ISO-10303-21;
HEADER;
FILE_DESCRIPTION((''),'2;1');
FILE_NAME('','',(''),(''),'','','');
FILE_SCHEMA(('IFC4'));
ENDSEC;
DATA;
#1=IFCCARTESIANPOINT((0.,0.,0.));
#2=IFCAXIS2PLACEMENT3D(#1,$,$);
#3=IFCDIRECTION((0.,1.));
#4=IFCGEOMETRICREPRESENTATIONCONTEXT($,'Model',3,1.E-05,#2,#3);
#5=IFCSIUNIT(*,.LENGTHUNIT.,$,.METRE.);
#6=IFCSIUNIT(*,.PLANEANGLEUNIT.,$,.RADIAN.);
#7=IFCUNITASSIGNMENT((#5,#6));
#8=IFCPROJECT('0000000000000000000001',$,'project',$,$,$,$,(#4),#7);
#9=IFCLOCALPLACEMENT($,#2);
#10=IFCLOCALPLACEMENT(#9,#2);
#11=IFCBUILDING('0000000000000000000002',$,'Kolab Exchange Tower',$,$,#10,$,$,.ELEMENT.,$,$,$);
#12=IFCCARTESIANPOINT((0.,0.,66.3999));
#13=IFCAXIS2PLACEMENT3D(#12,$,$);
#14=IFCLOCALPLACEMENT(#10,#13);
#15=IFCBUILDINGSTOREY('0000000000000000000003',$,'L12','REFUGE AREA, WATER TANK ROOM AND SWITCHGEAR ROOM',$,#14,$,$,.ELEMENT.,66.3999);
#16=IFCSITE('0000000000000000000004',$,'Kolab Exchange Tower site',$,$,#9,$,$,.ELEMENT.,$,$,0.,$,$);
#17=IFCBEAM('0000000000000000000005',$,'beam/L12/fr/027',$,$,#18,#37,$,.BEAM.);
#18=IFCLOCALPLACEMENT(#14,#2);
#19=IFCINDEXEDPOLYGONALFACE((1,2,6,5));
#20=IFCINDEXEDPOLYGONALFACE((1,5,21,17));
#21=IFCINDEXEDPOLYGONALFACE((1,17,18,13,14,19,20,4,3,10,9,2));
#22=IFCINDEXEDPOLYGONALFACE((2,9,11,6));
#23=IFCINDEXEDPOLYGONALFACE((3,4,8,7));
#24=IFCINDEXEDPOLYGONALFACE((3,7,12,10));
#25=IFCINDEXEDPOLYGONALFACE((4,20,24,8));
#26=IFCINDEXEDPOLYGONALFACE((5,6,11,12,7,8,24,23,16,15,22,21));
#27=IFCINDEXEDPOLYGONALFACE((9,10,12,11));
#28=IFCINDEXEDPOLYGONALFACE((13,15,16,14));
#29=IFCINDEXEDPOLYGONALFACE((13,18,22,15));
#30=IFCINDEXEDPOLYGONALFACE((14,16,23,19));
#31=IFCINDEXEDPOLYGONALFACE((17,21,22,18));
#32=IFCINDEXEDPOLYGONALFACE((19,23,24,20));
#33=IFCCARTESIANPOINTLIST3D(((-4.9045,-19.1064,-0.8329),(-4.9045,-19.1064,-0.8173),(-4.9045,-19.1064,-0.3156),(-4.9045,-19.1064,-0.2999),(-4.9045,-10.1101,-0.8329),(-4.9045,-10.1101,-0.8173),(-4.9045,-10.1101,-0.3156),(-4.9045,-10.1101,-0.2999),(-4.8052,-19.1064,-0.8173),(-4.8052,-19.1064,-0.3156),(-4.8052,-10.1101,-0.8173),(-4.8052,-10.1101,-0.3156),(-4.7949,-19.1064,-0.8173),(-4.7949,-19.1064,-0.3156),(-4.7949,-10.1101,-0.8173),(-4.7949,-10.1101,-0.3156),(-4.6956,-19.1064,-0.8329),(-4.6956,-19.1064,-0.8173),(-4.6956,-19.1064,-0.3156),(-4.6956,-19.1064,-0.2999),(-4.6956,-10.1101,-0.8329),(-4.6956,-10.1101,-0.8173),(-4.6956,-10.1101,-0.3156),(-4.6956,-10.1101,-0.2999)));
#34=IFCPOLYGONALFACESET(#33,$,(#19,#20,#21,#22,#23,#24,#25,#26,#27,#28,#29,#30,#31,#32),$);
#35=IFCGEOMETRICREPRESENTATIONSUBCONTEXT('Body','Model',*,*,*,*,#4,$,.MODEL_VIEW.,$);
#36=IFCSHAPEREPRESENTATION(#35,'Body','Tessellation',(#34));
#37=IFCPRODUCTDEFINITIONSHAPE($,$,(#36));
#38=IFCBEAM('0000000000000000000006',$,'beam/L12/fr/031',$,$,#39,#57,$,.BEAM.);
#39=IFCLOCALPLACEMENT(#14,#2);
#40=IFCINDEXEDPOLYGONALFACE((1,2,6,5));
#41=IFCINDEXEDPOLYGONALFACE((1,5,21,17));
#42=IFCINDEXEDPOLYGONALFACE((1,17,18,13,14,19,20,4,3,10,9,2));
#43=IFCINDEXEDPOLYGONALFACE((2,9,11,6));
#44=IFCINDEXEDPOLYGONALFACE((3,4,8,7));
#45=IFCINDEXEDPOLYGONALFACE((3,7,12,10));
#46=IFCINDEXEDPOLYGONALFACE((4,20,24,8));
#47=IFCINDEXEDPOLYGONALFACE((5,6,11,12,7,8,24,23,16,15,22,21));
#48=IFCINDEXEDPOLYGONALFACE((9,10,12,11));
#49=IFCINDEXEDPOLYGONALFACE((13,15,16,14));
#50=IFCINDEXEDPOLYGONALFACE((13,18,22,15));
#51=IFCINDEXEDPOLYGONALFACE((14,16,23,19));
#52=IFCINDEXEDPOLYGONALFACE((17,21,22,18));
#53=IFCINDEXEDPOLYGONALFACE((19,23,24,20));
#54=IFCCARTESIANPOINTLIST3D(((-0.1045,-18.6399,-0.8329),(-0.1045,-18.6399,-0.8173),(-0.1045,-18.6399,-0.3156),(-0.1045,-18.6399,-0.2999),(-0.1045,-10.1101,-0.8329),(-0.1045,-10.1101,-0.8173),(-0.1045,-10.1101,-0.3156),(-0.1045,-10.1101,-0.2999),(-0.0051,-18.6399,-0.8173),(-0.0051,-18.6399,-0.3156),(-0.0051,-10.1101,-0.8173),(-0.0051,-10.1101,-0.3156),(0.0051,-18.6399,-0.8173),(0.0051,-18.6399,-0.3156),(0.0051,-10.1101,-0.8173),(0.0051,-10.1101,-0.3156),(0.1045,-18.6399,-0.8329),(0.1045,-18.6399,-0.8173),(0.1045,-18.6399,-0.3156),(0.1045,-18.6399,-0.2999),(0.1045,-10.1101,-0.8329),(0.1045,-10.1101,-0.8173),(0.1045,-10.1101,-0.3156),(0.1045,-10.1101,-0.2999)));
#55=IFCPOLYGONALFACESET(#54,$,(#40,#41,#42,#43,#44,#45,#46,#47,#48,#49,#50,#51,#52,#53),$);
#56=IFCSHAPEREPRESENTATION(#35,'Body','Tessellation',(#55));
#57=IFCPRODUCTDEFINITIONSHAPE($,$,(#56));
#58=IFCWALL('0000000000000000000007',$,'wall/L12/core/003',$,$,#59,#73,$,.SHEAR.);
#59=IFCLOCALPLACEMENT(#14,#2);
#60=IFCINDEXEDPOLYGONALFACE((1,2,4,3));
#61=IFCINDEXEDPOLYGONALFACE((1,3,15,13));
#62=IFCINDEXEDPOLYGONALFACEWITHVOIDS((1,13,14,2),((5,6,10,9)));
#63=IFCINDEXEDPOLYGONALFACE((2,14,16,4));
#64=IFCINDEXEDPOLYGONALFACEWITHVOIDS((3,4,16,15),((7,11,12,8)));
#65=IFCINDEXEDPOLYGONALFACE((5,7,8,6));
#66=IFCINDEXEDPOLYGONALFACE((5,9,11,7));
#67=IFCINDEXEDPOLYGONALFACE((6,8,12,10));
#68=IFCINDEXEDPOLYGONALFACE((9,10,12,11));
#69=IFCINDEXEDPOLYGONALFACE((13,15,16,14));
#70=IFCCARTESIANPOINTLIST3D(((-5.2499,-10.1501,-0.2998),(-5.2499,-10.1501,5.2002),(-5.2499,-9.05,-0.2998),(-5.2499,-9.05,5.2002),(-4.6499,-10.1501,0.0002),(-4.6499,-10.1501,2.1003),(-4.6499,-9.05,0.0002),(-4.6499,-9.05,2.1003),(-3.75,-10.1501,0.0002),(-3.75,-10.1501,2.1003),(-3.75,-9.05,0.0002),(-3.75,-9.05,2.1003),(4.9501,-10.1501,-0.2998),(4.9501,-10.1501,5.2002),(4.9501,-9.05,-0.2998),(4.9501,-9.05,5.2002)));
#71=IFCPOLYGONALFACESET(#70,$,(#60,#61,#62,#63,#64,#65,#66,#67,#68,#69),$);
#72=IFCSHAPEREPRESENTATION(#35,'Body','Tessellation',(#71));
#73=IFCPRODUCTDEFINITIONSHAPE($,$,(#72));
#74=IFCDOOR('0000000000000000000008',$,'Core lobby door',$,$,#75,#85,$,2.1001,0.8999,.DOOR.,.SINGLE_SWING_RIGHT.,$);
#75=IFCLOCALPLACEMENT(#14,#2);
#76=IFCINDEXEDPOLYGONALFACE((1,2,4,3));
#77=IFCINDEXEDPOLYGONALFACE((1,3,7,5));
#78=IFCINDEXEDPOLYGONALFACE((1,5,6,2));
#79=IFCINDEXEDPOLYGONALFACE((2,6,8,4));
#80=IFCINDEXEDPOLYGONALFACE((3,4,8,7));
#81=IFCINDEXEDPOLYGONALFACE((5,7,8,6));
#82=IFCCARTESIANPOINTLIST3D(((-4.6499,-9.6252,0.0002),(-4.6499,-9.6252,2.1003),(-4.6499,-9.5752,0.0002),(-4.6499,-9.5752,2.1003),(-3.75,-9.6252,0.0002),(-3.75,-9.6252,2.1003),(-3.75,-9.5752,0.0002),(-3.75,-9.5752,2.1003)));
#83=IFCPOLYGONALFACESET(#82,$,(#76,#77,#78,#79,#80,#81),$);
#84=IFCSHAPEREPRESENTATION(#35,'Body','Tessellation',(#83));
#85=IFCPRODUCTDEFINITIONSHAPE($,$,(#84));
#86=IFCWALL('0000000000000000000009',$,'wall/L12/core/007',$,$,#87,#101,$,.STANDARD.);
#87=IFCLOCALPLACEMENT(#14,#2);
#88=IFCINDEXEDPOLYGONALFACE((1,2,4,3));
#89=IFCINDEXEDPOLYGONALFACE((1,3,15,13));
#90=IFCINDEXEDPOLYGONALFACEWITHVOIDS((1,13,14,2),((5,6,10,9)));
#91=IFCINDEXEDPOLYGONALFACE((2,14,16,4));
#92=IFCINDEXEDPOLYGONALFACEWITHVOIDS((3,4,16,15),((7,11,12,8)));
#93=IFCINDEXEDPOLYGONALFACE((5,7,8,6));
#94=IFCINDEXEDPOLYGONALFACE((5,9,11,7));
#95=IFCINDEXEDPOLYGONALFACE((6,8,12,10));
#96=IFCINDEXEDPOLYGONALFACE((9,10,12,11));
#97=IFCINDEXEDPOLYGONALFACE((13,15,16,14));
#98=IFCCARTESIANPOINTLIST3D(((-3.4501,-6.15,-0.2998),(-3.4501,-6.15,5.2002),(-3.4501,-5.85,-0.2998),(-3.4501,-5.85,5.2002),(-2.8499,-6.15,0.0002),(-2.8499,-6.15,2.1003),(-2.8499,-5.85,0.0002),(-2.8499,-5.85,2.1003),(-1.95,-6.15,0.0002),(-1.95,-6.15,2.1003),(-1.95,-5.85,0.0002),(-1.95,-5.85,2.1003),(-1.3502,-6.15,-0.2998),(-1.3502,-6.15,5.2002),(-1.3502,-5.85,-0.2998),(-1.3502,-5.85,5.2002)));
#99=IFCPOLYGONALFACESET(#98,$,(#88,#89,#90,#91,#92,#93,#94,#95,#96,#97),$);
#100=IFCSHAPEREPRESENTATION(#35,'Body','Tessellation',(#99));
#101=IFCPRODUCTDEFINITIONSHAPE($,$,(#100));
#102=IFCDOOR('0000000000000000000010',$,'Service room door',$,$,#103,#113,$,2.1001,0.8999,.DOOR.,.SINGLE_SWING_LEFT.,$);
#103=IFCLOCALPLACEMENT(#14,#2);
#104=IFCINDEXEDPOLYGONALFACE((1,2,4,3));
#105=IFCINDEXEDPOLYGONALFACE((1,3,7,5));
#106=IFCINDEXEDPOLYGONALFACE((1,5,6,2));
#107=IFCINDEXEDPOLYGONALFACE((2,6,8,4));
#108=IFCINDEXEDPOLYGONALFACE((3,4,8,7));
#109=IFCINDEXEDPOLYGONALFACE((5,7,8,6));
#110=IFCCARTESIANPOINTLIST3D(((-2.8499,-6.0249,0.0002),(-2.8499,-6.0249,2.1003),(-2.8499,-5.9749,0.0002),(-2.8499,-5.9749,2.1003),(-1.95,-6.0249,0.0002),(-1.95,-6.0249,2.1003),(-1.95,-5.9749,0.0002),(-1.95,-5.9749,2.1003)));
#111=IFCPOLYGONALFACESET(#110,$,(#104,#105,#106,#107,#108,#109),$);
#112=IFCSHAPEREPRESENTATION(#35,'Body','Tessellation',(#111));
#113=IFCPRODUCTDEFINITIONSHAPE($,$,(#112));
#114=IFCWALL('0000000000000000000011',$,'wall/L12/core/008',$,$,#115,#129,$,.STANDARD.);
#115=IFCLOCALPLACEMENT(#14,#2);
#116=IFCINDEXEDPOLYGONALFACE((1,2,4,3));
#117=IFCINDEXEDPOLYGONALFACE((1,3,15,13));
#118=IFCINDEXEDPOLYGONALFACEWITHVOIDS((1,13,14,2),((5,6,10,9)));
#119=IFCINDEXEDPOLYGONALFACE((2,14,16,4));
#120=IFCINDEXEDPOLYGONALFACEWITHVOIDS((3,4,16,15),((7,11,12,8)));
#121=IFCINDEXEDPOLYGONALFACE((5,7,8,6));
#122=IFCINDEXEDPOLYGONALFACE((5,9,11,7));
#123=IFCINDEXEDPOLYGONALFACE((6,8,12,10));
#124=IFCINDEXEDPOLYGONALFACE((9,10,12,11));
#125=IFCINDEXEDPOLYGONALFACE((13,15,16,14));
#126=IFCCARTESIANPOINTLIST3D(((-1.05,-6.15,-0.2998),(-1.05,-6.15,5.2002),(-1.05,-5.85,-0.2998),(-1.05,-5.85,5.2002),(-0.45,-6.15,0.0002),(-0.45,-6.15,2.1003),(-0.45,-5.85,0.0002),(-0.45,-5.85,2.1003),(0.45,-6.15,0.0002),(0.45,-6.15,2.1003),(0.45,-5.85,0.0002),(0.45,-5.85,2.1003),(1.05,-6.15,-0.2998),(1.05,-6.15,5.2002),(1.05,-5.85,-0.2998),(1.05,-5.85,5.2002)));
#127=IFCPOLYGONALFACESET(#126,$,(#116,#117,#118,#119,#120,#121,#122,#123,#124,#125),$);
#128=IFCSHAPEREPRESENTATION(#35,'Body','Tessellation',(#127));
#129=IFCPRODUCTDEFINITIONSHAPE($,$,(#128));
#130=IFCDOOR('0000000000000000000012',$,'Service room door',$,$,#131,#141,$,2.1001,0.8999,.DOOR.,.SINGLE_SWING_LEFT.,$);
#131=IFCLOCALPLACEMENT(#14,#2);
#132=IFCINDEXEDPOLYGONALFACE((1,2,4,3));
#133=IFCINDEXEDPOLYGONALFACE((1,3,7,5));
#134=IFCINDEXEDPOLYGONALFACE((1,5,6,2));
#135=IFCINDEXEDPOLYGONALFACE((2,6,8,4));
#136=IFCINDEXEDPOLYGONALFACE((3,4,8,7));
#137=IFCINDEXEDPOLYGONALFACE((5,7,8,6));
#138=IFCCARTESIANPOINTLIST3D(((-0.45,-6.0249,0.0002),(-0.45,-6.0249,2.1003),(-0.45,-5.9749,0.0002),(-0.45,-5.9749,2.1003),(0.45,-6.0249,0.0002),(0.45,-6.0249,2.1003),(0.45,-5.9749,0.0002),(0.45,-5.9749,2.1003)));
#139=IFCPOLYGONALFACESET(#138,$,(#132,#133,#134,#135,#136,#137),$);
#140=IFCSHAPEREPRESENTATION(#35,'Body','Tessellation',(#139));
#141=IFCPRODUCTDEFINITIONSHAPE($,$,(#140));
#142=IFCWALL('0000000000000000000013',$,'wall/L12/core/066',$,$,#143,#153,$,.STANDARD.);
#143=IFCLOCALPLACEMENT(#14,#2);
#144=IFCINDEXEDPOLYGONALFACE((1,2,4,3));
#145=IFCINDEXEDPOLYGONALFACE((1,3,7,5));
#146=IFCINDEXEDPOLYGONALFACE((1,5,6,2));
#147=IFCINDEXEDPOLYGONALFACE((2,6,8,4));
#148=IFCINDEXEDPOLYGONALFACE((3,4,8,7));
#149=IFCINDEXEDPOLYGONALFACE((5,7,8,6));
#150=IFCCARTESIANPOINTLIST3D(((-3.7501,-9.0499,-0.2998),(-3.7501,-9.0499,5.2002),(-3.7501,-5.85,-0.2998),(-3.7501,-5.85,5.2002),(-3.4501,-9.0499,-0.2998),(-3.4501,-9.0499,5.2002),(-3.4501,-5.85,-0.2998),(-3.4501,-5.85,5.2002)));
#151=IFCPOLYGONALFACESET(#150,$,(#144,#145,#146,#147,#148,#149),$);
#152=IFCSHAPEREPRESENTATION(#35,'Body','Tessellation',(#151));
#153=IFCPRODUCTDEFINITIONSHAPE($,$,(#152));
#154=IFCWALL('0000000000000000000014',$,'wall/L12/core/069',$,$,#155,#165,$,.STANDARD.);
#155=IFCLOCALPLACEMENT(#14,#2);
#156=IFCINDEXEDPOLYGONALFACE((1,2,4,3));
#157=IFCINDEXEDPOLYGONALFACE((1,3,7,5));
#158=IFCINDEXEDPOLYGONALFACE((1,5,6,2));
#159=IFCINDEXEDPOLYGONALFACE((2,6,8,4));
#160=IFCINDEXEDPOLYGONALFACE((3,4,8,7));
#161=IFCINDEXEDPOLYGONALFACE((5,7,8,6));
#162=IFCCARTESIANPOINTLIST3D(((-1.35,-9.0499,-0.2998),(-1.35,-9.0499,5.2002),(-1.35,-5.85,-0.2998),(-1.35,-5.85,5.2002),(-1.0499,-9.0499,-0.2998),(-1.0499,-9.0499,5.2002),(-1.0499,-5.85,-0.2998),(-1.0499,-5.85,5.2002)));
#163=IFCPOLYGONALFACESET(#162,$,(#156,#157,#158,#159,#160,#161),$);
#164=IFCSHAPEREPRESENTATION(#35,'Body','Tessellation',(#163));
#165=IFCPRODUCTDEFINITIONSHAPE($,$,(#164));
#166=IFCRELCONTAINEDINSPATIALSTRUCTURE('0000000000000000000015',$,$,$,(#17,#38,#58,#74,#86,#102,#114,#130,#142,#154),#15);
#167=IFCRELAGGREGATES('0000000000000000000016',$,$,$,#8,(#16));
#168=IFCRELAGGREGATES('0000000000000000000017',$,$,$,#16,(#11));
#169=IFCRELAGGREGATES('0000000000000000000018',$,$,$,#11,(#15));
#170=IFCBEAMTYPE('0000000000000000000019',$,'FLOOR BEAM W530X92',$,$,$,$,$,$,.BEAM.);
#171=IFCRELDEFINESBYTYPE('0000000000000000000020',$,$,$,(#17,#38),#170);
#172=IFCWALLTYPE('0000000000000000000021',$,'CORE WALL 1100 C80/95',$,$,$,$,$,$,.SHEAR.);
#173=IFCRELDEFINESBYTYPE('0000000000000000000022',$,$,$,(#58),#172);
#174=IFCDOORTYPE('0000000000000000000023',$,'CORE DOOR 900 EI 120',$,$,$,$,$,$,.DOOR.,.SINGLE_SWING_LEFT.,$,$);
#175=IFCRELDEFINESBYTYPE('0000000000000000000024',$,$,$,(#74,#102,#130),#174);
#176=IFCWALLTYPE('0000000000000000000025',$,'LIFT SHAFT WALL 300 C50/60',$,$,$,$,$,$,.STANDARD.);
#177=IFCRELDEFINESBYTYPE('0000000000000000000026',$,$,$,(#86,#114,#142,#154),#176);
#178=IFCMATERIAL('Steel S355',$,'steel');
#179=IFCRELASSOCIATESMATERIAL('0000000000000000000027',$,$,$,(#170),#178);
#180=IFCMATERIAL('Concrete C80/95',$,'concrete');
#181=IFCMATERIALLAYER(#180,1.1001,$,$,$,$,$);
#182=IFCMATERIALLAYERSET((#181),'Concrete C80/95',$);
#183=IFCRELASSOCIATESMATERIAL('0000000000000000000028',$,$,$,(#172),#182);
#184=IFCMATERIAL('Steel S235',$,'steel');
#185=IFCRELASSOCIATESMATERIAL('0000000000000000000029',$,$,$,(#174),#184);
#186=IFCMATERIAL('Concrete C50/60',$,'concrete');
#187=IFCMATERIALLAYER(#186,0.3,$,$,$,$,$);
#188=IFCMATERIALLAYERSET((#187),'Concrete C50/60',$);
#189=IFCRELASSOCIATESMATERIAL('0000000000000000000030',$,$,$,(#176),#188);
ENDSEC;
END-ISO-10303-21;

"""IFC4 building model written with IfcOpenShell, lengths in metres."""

from ifc_helpers import new_model, si_unit, direction, frame, frame_2d, origin, origin_2d, place, context, subcontext, project, spatial, rectangle, i_section, extrude, material, layer, layer_set, material_profile, profile_set, type_object, element, fill, save


model = new_model("IFC4")

# Units and contexts
model_context = context("Model", 3, precision=1e-05, world=origin(), true_north=direction((0.0, 1.0)))
body_context = subcontext(model_context, "Body", "Model", "MODEL_VIEW")
ifc_project = project(units=[si_unit("LENGTHUNIT", "METRE"), si_unit("PLANEANGLEUNIT", "RADIAN")], contexts=[model_context])

# Site, building, storey
site_placement = place(None, origin())
site = spatial("IfcSite", under=ifc_project, at=site_placement, Name="Kolab Exchange Tower site", CompositionType="ELEMENT", RefElevation=0.0)
building_placement = place(site_placement, origin())
building = spatial("IfcBuilding", under=site, at=building_placement, Name="Kolab Exchange Tower", CompositionType="ELEMENT")
storey_placement = place(building_placement, frame((0.0, 0.0, 66.3999)))
storey = spatial("IfcBuildingStorey", under=building, at=storey_placement, Name="L12", Description="REFUGE AREA, WATER TANK ROOM AND SWITCHGEAR ROOM", CompositionType="ELEMENT", Elevation=66.3999)

# Beams
ifc_material_1 = material(Name="Steel S355", Category="steel")
ifc_material_profile = material_profile(ifc_material_1, i_section(OverallWidth=0.209, OverallDepth=0.533, WebThickness=0.0103, FlangeThickness=0.0156, at=origin_2d()), Name="W530X92")
ifc_profile_set = profile_set([ifc_material_profile], Name="Steel S355")
beam_type = type_object("IfcBeamType", Name="FLOOR BEAM W530X92", PredefinedType="BEAM", material=ifc_profile_set)
beam_1_placement = place(storey_placement, frame((-4.8, -19.1064, -0.5664), z_axis=(0.0, 1.0, 0.0), x_axis=(-1.0, 0.0, 0.0)))
element("IfcBeam", 1, at=beam_1_placement, inside=storey, type_object=beam_type, Name="beam/L12/fr/027", PredefinedType="BEAM", context=body_context, shape_type="SweptSolid", body=[
    extrude(i_section(OverallWidth=0.209, OverallDepth=0.533, WebThickness=0.0103, FlangeThickness=0.0156, at=origin_2d()), origin(), (0.0, 0.0, 1.0), 8.9963),
])
beam_2_placement = place(storey_placement, frame((0.0, -18.6399, -0.5664), z_axis=(0.0, 1.0, 0.0), x_axis=(-1.0, 0.0, 0.0)))
element("IfcBeam", 2, at=beam_2_placement, inside=storey, type_object=beam_type, Name="beam/L12/fr/031", PredefinedType="BEAM", context=body_context, shape_type="SweptSolid", body=[
    extrude(i_section(OverallWidth=0.209, OverallDepth=0.533, WebThickness=0.0103, FlangeThickness=0.0156, at=origin_2d()), origin(), (0.0, 0.0, 1.0), 8.5298),
])

# Walls, openings, doors
ifc_material_2 = material(Name="Concrete C80/95", Category="concrete")
ifc_layer_1 = layer(ifc_material_2, 1.1001)
ifc_layer_set_1 = layer_set([ifc_layer_1], Name="Concrete C80/95")
wall_type_1 = type_object("IfcWallType", Name="CORE WALL 1100 C80/95", PredefinedType="SHEAR", material=ifc_layer_set_1)
wall_1_placement = place(storey_placement, frame((-5.25, -9.6001, -0.2998), z_axis=(0.0, 0.0, 1.0), x_axis=(1.0, 0.0, 0.0)))
wall_1 = element("IfcWall", 3, at=wall_1_placement, inside=storey, type_object=wall_type_1, Name="wall/L12/core/003", PredefinedType="SHEAR", context=body_context, shape_type="SweptSolid", body=[
    extrude(rectangle(XDim=10.2, YDim=1.1001, at=frame_2d((5.1001, 0.0))), origin(), (0.0, 0.0, 1.0), 5.5),
])
opening_1_placement = place(wall_1_placement, frame((0.6001, 0.0, 0.3)))
opening_1 = element("IfcOpeningElement", 4, at=opening_1_placement, cuts=wall_1, PredefinedType="OPENING", context=body_context, shape_type="SweptSolid", body=[
    extrude(rectangle(XDim=0.8999, YDim=2.1001, at=frame_2d((0.45, 1.05))), frame((0.0, 0.5601, 0.0), z_axis=(0.0, -1.0, 0.0), x_axis=(1.0, 0.0, 0.0)), (0.0, 0.0, 1.0), 1.1201),
])
ifc_material_3 = material(Name="Steel S235", Category="steel")
door_type_1 = type_object("IfcDoorType", Name="CORE DOOR 900 EI 120", OperationType="SINGLE_SWING_LEFT", PredefinedType="DOOR", material=ifc_material_3)
door_1_placement = place(opening_1_placement, origin())
door_1 = element("IfcDoor", 5, at=door_1_placement, inside=storey, type_object=door_type_1, Name="Core lobby door", OperationType="SINGLE_SWING_RIGHT", OverallHeight=2.1001, OverallWidth=0.8999, PredefinedType="DOOR", context=body_context, shape_type="SweptSolid", body=[
    extrude(rectangle(XDim=0.8999, YDim=2.1001, at=frame_2d((0.45, 1.05))), frame((0.0, 0.0249, 0.0), z_axis=(0.0, -1.0, 0.0), x_axis=(1.0, 0.0, 0.0)), (0.0, 0.0, 1.0), 0.05),
])
fill(opening_1, door_1)
ifc_material_4 = material(Name="Concrete C50/60", Category="concrete")
ifc_layer_2 = layer(ifc_material_4, 0.3)
ifc_layer_set_2 = layer_set([ifc_layer_2], Name="Concrete C50/60")
wall_type_2 = type_object("IfcWallType", Name="LIFT SHAFT WALL 300 C50/60", PredefinedType="STANDARD", material=ifc_layer_set_2)
wall_2_placement = place(storey_placement, frame((-3.45, -6.0, -0.2998), z_axis=(0.0, 0.0, 1.0), x_axis=(1.0, 0.0, 0.0)))
wall_2 = element("IfcWall", 6, at=wall_2_placement, inside=storey, type_object=wall_type_2, Name="wall/L12/core/007", PredefinedType="STANDARD", context=body_context, shape_type="SweptSolid", body=[
    extrude(rectangle(XDim=2.0999, YDim=0.3, at=frame_2d((1.0498, 0.0))), origin(), (0.0, 0.0, 1.0), 5.5),
])
opening_2_placement = place(wall_2_placement, frame((0.6001, 0.0, 0.3)))
opening_2 = element("IfcOpeningElement", 7, at=opening_2_placement, cuts=wall_2, PredefinedType="OPENING", context=body_context, shape_type="SweptSolid", body=[
    extrude(rectangle(XDim=0.8999, YDim=2.1001, at=frame_2d((0.45, 1.05))), frame((0.0, 0.1602, 0.0), z_axis=(0.0, -1.0, 0.0), x_axis=(1.0, 0.0, 0.0)), (0.0, 0.0, 1.0), 0.3201),
])
door_2_placement = place(opening_2_placement, frame((0.8999, 0.0, 0.0), z_axis=(0.0, 0.0, 1.0), x_axis=(-1.0, 0.0, 0.0)))
door_2 = element("IfcDoor", 8, at=door_2_placement, inside=storey, type_object=door_type_1, Name="Service room door", OperationType="SINGLE_SWING_LEFT", OverallHeight=2.1001, OverallWidth=0.8999, PredefinedType="DOOR", context=body_context, shape_type="SweptSolid", body=[
    extrude(rectangle(XDim=0.8999, YDim=2.1001, at=frame_2d((0.45, 1.05))), frame((0.0, 0.0249, 0.0), z_axis=(0.0, -1.0, 0.0), x_axis=(1.0, 0.0, 0.0)), (0.0, 0.0, 1.0), 0.05),
])
fill(opening_2, door_2)
wall_3_placement = place(storey_placement, frame((-1.05, -6.0, -0.2998), z_axis=(0.0, 0.0, 1.0), x_axis=(1.0, 0.0, 0.0)))
wall_3 = element("IfcWall", 9, at=wall_3_placement, inside=storey, type_object=wall_type_2, Name="wall/L12/core/008", PredefinedType="STANDARD", context=body_context, shape_type="SweptSolid", body=[
    extrude(rectangle(XDim=2.1001, YDim=0.3, at=frame_2d((1.05, 0.0))), origin(), (0.0, 0.0, 1.0), 5.5),
])
opening_3_placement = place(wall_3_placement, frame((0.6001, 0.0, 0.3)))
opening_3 = element("IfcOpeningElement", 10, at=opening_3_placement, cuts=wall_3, PredefinedType="OPENING", context=body_context, shape_type="SweptSolid", body=[
    extrude(rectangle(XDim=0.8999, YDim=2.1001, at=frame_2d((0.45, 1.05))), frame((0.0, 0.1602, 0.0), z_axis=(0.0, -1.0, 0.0), x_axis=(1.0, 0.0, 0.0)), (0.0, 0.0, 1.0), 0.3201),
])
door_3_placement = place(opening_3_placement, frame((0.8999, 0.0, 0.0), z_axis=(0.0, 0.0, 1.0), x_axis=(-1.0, 0.0, 0.0)))
door_3 = element("IfcDoor", 11, at=door_3_placement, inside=storey, type_object=door_type_1, Name="Service room door", OperationType="SINGLE_SWING_LEFT", OverallHeight=2.1001, OverallWidth=0.8999, PredefinedType="DOOR", context=body_context, shape_type="SweptSolid", body=[
    extrude(rectangle(XDim=0.8999, YDim=2.1001, at=frame_2d((0.45, 1.05))), frame((0.0, 0.0249, 0.0), z_axis=(0.0, -1.0, 0.0), x_axis=(1.0, 0.0, 0.0)), (0.0, 0.0, 1.0), 0.05),
])
fill(opening_3, door_3)

# Walls
for number, where, z_axis, x_axis, name in (
    (12, (-3.6001, -9.05, -0.2998), (0.0, 0.0, 1.0), (0.0, 1.0, 0.0), "wall/L12/core/066"),
    (13, (-1.2, -9.05, -0.2998), (0.0, 0.0, 1.0), (0.0, 1.0, 0.0), "wall/L12/core/069"),
):
    element("IfcWall", number, at=place(storey_placement, frame(where, z_axis=z_axis, x_axis=x_axis)), inside=storey, type_object=wall_type_2, Name=name, PredefinedType="STANDARD", context=body_context, shape_type="SweptSolid", body=[
        extrude(rectangle(XDim=3.2, YDim=0.3, at=frame_2d((1.6001, 0.0))), origin(), (0.0, 0.0, 1.0), 5.5),
    ])

save(model, "model.ifc")
